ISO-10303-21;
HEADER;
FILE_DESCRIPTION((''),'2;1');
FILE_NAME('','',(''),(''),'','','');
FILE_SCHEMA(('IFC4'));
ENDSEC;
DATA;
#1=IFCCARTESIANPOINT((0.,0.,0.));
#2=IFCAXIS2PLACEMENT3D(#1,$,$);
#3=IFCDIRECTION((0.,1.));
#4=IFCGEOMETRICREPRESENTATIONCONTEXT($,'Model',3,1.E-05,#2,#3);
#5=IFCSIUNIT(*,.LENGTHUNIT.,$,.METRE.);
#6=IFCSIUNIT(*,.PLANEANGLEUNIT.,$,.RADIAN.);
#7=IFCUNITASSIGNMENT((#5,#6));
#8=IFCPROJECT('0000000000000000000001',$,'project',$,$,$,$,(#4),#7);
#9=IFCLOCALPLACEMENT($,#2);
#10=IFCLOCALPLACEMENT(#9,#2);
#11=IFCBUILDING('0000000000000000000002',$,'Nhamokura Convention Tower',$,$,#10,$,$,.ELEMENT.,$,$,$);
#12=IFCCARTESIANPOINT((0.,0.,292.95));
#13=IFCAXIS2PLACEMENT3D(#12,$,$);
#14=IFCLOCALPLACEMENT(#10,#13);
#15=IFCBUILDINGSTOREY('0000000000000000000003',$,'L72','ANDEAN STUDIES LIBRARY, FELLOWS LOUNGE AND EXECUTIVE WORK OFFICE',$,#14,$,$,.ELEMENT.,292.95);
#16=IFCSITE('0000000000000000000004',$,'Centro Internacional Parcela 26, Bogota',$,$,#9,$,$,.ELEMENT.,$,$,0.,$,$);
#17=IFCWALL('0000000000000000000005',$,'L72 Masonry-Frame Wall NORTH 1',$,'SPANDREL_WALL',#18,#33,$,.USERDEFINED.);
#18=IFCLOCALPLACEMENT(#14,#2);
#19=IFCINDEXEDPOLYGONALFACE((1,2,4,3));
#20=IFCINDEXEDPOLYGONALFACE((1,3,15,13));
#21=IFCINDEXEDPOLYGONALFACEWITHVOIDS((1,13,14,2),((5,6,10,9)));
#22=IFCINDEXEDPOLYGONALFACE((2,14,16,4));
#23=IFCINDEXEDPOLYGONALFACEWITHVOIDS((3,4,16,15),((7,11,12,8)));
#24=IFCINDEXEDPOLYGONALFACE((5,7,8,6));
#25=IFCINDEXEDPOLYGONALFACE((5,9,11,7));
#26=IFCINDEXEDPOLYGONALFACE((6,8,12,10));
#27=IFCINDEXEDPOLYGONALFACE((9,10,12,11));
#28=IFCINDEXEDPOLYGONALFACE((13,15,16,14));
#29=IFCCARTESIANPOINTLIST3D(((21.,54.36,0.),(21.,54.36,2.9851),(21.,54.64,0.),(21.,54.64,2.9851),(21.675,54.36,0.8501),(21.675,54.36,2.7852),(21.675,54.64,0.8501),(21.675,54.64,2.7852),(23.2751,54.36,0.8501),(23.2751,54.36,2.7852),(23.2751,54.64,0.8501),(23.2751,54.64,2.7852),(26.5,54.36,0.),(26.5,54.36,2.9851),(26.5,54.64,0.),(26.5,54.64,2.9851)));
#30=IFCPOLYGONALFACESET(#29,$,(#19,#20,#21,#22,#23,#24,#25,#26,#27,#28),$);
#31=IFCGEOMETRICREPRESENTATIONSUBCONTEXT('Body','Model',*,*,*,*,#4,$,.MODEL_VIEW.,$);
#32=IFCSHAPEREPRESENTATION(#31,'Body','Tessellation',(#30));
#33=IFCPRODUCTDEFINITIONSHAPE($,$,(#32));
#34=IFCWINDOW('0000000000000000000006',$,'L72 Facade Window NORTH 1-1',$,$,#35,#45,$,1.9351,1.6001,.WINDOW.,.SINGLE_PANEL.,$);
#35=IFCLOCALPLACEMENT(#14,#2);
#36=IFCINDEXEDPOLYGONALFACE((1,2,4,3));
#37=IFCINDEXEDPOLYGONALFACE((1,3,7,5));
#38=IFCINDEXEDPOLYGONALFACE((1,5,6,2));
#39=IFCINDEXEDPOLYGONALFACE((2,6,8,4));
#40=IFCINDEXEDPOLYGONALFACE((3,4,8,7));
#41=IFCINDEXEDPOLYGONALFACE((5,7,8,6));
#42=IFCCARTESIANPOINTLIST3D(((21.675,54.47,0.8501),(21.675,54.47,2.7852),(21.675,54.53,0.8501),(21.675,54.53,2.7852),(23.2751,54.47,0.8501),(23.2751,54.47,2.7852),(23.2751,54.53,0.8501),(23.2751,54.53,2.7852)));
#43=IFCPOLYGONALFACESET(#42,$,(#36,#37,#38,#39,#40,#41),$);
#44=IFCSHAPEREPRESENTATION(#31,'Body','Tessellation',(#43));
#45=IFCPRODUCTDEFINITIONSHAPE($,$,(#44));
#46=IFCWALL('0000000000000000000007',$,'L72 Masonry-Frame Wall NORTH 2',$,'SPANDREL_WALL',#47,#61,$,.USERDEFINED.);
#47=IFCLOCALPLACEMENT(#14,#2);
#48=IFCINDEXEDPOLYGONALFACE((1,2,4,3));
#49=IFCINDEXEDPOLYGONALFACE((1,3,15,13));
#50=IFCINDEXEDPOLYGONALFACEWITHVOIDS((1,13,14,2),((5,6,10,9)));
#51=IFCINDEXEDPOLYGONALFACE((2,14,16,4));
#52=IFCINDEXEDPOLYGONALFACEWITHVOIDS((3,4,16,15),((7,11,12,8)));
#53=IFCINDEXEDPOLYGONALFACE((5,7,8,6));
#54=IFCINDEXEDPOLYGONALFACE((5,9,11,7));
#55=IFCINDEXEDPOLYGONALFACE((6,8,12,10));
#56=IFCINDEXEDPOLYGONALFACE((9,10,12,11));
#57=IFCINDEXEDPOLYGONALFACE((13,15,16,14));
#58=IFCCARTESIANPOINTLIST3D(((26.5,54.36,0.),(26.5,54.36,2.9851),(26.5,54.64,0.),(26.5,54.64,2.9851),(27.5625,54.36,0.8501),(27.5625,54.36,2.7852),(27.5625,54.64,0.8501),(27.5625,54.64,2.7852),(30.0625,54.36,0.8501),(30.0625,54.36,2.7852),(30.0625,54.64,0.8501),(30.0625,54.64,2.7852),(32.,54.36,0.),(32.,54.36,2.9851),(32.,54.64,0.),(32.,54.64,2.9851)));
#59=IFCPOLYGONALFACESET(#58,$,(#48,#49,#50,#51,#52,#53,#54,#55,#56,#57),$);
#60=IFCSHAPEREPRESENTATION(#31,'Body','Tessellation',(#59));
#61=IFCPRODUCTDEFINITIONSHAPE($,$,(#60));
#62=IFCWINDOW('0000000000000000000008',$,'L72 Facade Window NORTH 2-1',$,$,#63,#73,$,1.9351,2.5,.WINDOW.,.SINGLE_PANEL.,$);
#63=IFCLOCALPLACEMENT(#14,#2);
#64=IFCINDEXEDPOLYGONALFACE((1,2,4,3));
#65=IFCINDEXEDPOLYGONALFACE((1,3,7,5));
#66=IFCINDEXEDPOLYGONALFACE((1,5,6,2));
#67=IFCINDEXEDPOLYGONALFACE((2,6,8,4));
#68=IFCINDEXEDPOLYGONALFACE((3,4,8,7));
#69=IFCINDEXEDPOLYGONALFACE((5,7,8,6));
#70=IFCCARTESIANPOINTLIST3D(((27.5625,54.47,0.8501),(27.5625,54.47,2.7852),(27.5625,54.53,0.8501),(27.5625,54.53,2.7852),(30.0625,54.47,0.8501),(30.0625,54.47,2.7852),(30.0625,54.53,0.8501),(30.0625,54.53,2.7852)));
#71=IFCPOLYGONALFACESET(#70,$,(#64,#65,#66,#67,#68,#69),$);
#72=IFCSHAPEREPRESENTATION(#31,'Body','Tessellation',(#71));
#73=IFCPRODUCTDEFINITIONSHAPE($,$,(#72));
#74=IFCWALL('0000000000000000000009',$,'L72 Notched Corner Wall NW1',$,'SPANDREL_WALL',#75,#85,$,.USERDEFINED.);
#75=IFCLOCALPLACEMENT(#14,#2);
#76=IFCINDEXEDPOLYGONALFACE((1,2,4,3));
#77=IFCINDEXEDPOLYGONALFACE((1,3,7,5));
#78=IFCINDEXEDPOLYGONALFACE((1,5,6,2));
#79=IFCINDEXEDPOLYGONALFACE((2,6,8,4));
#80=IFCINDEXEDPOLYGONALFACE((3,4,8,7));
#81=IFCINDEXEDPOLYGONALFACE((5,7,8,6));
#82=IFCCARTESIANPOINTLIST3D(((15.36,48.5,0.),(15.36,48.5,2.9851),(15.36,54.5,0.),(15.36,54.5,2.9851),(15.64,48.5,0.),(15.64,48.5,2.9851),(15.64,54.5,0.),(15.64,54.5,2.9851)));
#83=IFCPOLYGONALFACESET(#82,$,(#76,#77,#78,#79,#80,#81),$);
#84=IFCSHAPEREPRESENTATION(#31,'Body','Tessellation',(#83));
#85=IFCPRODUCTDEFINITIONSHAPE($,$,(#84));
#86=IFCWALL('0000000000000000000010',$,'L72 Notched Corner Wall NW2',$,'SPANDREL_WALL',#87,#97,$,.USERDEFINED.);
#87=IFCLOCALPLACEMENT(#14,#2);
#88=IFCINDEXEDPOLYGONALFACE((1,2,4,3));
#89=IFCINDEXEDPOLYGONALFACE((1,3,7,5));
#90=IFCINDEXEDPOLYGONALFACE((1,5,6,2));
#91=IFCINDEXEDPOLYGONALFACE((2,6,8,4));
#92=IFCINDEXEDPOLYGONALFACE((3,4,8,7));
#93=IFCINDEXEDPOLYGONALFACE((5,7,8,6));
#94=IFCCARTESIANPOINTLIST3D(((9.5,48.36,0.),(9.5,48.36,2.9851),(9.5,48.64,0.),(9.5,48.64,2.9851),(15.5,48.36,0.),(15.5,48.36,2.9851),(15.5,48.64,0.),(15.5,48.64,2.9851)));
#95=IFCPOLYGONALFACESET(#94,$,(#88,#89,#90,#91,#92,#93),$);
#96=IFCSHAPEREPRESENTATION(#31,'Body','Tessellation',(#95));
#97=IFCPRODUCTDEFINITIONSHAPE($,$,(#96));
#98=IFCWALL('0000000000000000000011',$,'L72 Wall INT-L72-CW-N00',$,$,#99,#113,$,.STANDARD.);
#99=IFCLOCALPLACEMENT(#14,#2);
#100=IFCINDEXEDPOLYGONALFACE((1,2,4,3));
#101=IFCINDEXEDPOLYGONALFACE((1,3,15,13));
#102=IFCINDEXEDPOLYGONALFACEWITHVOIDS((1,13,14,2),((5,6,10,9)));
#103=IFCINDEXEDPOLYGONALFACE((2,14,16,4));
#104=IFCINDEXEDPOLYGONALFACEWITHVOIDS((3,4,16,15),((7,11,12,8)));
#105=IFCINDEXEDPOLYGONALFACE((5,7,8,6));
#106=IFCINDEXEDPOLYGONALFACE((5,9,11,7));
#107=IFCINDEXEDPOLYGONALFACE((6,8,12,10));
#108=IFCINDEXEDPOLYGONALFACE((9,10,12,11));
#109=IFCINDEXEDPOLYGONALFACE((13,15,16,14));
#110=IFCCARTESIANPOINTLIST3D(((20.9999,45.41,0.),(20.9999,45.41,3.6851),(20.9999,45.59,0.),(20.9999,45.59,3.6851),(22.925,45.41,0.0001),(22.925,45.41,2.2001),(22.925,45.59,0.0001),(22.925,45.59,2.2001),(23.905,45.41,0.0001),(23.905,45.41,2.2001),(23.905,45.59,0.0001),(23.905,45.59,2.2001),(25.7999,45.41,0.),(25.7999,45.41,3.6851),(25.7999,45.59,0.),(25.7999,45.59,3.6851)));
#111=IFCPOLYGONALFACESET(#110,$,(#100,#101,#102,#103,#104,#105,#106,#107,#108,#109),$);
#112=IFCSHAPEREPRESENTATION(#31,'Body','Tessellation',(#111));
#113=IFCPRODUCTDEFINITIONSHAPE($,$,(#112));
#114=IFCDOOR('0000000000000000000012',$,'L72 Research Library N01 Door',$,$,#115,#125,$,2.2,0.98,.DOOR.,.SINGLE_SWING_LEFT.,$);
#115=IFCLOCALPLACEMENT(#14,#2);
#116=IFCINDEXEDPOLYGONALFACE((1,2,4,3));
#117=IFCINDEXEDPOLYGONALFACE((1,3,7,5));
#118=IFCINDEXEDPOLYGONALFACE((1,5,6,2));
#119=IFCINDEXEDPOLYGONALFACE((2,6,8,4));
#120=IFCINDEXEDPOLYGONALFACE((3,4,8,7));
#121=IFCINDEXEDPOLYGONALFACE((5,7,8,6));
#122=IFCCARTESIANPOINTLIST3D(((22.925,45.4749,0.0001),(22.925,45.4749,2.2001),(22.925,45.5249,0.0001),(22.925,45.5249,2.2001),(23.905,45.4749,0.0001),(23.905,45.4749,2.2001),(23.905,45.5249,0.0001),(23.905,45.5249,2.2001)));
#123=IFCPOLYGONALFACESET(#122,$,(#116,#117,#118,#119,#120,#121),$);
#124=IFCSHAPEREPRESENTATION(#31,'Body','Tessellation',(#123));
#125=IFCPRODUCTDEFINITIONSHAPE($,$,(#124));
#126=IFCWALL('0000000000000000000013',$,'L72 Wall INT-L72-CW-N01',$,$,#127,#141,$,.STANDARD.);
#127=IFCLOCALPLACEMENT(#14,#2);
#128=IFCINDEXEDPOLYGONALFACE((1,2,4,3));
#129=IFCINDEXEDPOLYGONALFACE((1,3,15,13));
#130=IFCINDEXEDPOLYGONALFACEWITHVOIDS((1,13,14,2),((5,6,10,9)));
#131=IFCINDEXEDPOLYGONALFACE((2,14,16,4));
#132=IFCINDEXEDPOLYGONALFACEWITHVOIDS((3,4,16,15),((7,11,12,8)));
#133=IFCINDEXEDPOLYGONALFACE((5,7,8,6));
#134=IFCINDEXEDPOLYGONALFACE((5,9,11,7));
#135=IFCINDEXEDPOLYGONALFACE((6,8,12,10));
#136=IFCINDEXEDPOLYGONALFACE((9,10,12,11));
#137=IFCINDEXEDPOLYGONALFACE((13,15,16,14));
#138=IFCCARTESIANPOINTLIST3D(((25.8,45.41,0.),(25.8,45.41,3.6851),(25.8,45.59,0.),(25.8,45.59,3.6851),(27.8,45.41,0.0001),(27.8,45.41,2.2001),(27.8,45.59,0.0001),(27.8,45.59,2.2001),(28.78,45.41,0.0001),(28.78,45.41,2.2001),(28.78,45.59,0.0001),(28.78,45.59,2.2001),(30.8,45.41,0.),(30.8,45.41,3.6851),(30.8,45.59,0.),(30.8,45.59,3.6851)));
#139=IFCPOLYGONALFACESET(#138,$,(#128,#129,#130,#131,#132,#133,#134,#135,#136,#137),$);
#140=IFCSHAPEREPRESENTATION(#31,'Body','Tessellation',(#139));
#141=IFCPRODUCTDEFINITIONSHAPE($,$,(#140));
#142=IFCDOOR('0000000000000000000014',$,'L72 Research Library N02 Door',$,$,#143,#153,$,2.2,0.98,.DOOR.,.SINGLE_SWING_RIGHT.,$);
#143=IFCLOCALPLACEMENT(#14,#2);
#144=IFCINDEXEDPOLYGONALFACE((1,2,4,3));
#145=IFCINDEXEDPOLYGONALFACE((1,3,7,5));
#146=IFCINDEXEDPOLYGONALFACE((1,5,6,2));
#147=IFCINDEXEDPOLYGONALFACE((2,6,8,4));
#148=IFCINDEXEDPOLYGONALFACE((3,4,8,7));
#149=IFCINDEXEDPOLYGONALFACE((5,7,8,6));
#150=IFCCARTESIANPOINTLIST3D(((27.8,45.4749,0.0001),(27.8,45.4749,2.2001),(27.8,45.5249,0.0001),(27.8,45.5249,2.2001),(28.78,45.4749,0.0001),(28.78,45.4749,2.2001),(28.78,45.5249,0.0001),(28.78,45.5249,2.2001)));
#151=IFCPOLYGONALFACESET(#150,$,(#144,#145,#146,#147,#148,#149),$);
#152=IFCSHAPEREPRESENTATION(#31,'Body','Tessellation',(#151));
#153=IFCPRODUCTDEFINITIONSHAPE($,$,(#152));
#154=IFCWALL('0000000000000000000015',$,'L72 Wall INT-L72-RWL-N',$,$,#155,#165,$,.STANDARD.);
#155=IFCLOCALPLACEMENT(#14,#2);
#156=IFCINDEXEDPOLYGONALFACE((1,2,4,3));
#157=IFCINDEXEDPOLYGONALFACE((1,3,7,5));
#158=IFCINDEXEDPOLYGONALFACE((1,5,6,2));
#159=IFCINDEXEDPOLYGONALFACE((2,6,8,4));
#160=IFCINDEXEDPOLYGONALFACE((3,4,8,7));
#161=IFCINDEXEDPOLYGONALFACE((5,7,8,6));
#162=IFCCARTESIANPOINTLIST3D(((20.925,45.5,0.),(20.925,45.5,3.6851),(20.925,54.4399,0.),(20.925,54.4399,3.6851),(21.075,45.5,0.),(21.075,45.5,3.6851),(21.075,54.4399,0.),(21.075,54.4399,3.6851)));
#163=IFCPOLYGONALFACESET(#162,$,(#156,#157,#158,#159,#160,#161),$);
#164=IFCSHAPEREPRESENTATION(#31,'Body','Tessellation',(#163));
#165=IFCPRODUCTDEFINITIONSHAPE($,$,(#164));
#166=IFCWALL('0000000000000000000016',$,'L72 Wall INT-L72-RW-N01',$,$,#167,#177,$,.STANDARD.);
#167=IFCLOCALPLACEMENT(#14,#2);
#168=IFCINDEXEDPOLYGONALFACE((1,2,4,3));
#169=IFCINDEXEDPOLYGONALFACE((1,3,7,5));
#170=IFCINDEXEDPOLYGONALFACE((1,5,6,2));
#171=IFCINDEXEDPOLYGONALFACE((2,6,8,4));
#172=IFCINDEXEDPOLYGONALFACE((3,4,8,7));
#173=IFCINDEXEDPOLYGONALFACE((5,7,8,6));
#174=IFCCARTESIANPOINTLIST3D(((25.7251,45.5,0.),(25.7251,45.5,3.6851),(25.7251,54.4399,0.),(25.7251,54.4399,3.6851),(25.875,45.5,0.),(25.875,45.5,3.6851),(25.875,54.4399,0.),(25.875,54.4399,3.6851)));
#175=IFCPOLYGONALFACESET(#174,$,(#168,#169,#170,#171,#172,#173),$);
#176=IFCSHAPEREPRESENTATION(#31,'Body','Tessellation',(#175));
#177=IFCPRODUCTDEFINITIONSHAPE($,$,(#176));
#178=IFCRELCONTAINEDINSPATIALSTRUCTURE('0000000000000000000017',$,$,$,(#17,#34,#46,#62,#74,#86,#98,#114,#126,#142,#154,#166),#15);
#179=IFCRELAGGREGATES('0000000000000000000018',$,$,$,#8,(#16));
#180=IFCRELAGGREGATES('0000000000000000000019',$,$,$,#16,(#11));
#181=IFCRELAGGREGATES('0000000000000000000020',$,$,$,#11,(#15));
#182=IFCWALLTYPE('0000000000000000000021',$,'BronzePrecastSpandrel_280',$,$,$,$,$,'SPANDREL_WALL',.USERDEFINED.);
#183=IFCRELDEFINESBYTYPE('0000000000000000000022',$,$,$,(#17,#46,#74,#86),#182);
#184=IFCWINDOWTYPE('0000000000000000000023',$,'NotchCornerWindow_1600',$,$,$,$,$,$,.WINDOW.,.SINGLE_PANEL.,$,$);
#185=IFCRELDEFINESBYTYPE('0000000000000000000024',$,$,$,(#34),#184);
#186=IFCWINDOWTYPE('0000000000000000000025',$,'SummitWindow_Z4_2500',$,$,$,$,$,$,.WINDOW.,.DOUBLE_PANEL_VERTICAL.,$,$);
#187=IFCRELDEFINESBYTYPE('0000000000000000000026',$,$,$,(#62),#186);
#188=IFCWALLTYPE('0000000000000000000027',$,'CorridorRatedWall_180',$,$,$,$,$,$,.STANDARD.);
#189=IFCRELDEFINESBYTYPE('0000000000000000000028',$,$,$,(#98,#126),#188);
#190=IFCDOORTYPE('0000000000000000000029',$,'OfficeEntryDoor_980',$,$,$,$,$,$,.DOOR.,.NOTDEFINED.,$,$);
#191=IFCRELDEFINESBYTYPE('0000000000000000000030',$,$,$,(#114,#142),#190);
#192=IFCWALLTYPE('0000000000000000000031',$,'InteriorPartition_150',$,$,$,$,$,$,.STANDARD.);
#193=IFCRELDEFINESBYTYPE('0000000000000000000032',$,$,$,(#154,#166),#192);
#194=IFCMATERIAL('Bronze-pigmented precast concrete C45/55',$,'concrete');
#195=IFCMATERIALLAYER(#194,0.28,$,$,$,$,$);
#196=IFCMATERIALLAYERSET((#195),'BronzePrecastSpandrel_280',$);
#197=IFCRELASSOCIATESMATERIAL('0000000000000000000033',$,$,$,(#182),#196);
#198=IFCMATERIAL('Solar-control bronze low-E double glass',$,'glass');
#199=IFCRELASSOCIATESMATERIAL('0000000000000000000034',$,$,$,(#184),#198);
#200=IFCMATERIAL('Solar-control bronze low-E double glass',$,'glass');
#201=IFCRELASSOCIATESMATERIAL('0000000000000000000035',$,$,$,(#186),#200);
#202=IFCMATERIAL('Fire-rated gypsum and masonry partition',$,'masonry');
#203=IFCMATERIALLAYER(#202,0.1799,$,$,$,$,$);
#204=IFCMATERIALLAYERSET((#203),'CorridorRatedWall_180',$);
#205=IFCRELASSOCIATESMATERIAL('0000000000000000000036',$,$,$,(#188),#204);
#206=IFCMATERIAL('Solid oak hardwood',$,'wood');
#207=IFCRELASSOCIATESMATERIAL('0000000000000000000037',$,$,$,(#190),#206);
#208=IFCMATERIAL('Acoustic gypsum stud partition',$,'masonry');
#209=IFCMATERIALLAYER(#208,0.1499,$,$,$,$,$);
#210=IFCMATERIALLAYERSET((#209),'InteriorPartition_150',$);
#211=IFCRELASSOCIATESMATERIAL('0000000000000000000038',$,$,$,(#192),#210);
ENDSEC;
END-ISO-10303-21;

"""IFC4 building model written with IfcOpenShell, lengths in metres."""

from ifc_helpers import new_model, si_unit, direction, frame, frame_2d, origin, place, context, subcontext, project, spatial, rectangle, extrude, material, layer, layer_set, type_object, element, fill, save


model = new_model("IFC4")

# Units and contexts
model_context = context("Model", 3, precision=1e-05, world=origin(), true_north=direction((0.0, 1.0)))
body_context = subcontext(model_context, "Body", "Model", "MODEL_VIEW")
ifc_project = project(units=[si_unit("LENGTHUNIT", "METRE"), si_unit("PLANEANGLEUNIT", "RADIAN")], contexts=[model_context])

# Site, building, storey
site_placement = place(None, origin())
site = spatial("IfcSite", under=ifc_project, at=site_placement, Name="Centro Internacional Parcela 26, Bogota", CompositionType="ELEMENT", RefElevation=0.0)
building_placement = place(site_placement, origin())
building = spatial("IfcBuilding", under=site, at=building_placement, Name="Nhamokura Convention Tower", CompositionType="ELEMENT")
storey_placement = place(building_placement, frame((0.0, 0.0, 292.95)))
storey = spatial("IfcBuildingStorey", under=building, at=storey_placement, Name="L72", Description="ANDEAN STUDIES LIBRARY, FELLOWS LOUNGE AND EXECUTIVE WORK OFFICE", CompositionType="ELEMENT", Elevation=292.95)

# Shared definitions
ifc_material_1 = material(Name="Bronze-pigmented precast concrete C45/55", Category="concrete")
ifc_layer_1 = layer(ifc_material_1, 0.28)
ifc_layer_set_1 = layer_set([ifc_layer_1], Name="BronzePrecastSpandrel_280")
wall_type_1 = type_object("IfcWallType", Name="BronzePrecastSpandrel_280", ElementType="SPANDREL_WALL", PredefinedType="USERDEFINED", material=ifc_layer_set_1)

# Walls, openings, windows
wall_1_placement = place(storey_placement, frame((21.0, 54.5, 0.0), z_axis=(0.0, 0.0, 1.0), x_axis=(1.0, 0.0, 0.0)))
wall_1 = element("IfcWall", 1, at=wall_1_placement, inside=storey, type_object=wall_type_1, Name="L72 Masonry-Frame Wall NORTH 1", ObjectType="SPANDREL_WALL", PredefinedType="USERDEFINED", context=body_context, shape_type="SweptSolid", body=[
    extrude(rectangle(XDim=5.5, YDim=0.28, at=frame_2d((2.75, 0.0))), origin(), (0.0, 0.0, 1.0), 2.9851),
])
opening_1_placement = place(wall_1_placement, frame((0.675, 0.0, 0.8501)))
opening_1 = element("IfcOpeningElement", 2, at=opening_1_placement, cuts=wall_1, PredefinedType="OPENING", context=body_context, shape_type="SweptSolid", body=[
    extrude(rectangle(XDim=1.6001, YDim=1.9351, at=frame_2d((0.8, 0.9675))), frame((0.0, 0.1499, 0.0), z_axis=(0.0, -1.0, 0.0), x_axis=(1.0, 0.0, 0.0)), (0.0, 0.0, 1.0), 0.3),
])
ifc_material_2 = material(Name="Solar-control bronze low-E double glass", Category="glass")
window_type_1 = type_object("IfcWindowType", Name="NotchCornerWindow_1600", PartitioningType="SINGLE_PANEL", PredefinedType="WINDOW", material=ifc_material_2)
window_1_placement = place(opening_1_placement, origin())
window_1 = element("IfcWindow", 3, at=window_1_placement, inside=storey, type_object=window_type_1, Name="L72 Facade Window NORTH 1-1", OverallHeight=1.9351, OverallWidth=1.6001, PartitioningType="SINGLE_PANEL", PredefinedType="WINDOW", context=body_context, shape_type="SweptSolid", body=[
    extrude(rectangle(XDim=1.6001, YDim=1.9351, at=frame_2d((0.8, 0.9675))), frame((0.0, 0.03, 0.0), z_axis=(0.0, -1.0, 0.0), x_axis=(1.0, 0.0, 0.0)), (0.0, 0.0, 1.0), 0.0601),
])
fill(opening_1, window_1)
wall_2_placement = place(storey_placement, frame((26.5, 54.5, 0.0), z_axis=(0.0, 0.0, 1.0), x_axis=(1.0, 0.0, 0.0)))
wall_2 = element("IfcWall", 4, at=wall_2_placement, inside=storey, type_object=wall_type_1, Name="L72 Masonry-Frame Wall NORTH 2", ObjectType="SPANDREL_WALL", PredefinedType="USERDEFINED", context=body_context, shape_type="SweptSolid", body=[
    extrude(rectangle(XDim=5.5, YDim=0.28, at=frame_2d((2.75, 0.0))), origin(), (0.0, 0.0, 1.0), 2.9851),
])
opening_2_placement = place(wall_2_placement, frame((1.0625, 0.0, 0.8501)))
opening_2 = element("IfcOpeningElement", 5, at=opening_2_placement, cuts=wall_2, PredefinedType="OPENING", context=body_context, shape_type="SweptSolid", body=[
    extrude(rectangle(XDim=2.5, YDim=1.9351, at=frame_2d((1.25, 0.9675))), frame((0.0, 0.1499, 0.0), z_axis=(0.0, -1.0, 0.0), x_axis=(1.0, 0.0, 0.0)), (0.0, 0.0, 1.0), 0.3),
])
ifc_material_3 = material(Name="Solar-control bronze low-E double glass", Category="glass")
window_type_2 = type_object("IfcWindowType", Name="SummitWindow_Z4_2500", PartitioningType="DOUBLE_PANEL_VERTICAL", PredefinedType="WINDOW", material=ifc_material_3)
window_2_placement = place(opening_2_placement, origin())
window_2 = element("IfcWindow", 6, at=window_2_placement, inside=storey, type_object=window_type_2, Name="L72 Facade Window NORTH 2-1", OverallHeight=1.9351, OverallWidth=2.5, PartitioningType="SINGLE_PANEL", PredefinedType="WINDOW", context=body_context, shape_type="SweptSolid", body=[
    extrude(rectangle(XDim=2.5, YDim=1.9351, at=frame_2d((1.25, 0.9675))), frame((0.0, 0.03, 0.0), z_axis=(0.0, -1.0, 0.0), x_axis=(1.0, 0.0, 0.0)), (0.0, 0.0, 1.0), 0.0601),
])
fill(opening_2, window_2)

# Walls
for number, where, z_axis, x_axis, name in (
    (7, (15.5, 48.5, 0.0), (0.0, 0.0, 1.0), (0.0, 1.0, 0.0), "L72 Notched Corner Wall NW1"),
    (8, (9.5, 48.5, 0.0), (0.0, 0.0, 1.0), (1.0, 0.0, 0.0), "L72 Notched Corner Wall NW2"),
):
    element("IfcWall", number, at=place(storey_placement, frame(where, z_axis=z_axis, x_axis=x_axis)), inside=storey, type_object=wall_type_1, Name=name, ObjectType="SPANDREL_WALL", PredefinedType="USERDEFINED", context=body_context, shape_type="SweptSolid", body=[
        extrude(rectangle(XDim=6.0, YDim=0.28, at=frame_2d((3.0, 0.0))), origin(), (0.0, 0.0, 1.0), 2.9851),
    ])

# Walls, openings, doors
ifc_material_4 = material(Name="Fire-rated gypsum and masonry partition", Category="masonry")
ifc_layer_2 = layer(ifc_material_4, 0.1799)
ifc_layer_set_2 = layer_set([ifc_layer_2], Name="CorridorRatedWall_180")
wall_type_2 = type_object("IfcWallType", Name="CorridorRatedWall_180", PredefinedType="STANDARD", material=ifc_layer_set_2)
wall_3_placement = place(storey_placement, frame((21.0, 45.5, 0.0), z_axis=(0.0, 0.0, 1.0), x_axis=(1.0, 0.0, 0.0)))
wall_3 = element("IfcWall", 9, at=wall_3_placement, inside=storey, type_object=wall_type_2, Name="L72 Wall INT-L72-CW-N00", PredefinedType="STANDARD", context=body_context, shape_type="SweptSolid", body=[
    extrude(rectangle(XDim=4.8, YDim=0.1799, at=frame_2d((2.3999, 0.0))), origin(), (0.0, 0.0, 1.0), 3.6851),
])
opening_3_placement = place(wall_3_placement, frame((1.925, 0.0, 0.0)))
opening_3 = element("IfcOpeningElement", 10, at=opening_3_placement, cuts=wall_3, PredefinedType="OPENING", context=body_context, shape_type="SweptSolid", body=[
    extrude(rectangle(XDim=0.98, YDim=2.2, at=frame_2d((0.49, 1.1001))), frame((0.0, 0.0999, 0.0), z_axis=(0.0, -1.0, 0.0), x_axis=(1.0, 0.0, 0.0)), (0.0, 0.0, 1.0), 0.2),
])
ifc_material_5 = material(Name="Solid oak hardwood", Category="wood")
door_type = type_object("IfcDoorType", Name="OfficeEntryDoor_980", OperationType="NOTDEFINED", PredefinedType="DOOR", material=ifc_material_5)
door_1_placement = place(opening_3_placement, origin())
door_1 = element("IfcDoor", 11, at=door_1_placement, inside=storey, type_object=door_type, Name="L72 Research Library N01 Door", OperationType="SINGLE_SWING_LEFT", OverallHeight=2.2, OverallWidth=0.98, PredefinedType="DOOR", context=body_context, shape_type="SweptSolid", body=[
    extrude(rectangle(XDim=0.98, YDim=2.2, at=frame_2d((0.49, 1.1001))), frame((0.0, 0.0249, 0.0), z_axis=(0.0, -1.0, 0.0), x_axis=(1.0, 0.0, 0.0)), (0.0, 0.0, 1.0), 0.05),
])
fill(opening_3, door_1)
wall_4_placement = place(storey_placement, frame((25.8, 45.5, 0.0), z_axis=(0.0, 0.0, 1.0), x_axis=(1.0, 0.0, 0.0)))
wall_4 = element("IfcWall", 12, at=wall_4_placement, inside=storey, type_object=wall_type_2, Name="L72 Wall INT-L72-CW-N01", PredefinedType="STANDARD", context=body_context, shape_type="SweptSolid", body=[
    extrude(rectangle(XDim=5.0, YDim=0.1799, at=frame_2d((2.5, 0.0))), origin(), (0.0, 0.0, 1.0), 3.6851),
])
opening_4_placement = place(wall_4_placement, frame((2.0, 0.0, 0.0)))
opening_4 = element("IfcOpeningElement", 13, at=opening_4_placement, cuts=wall_4, PredefinedType="OPENING", context=body_context, shape_type="SweptSolid", body=[
    extrude(rectangle(XDim=0.98, YDim=2.2, at=frame_2d((0.49, 1.1001))), frame((0.0, 0.0999, 0.0), z_axis=(0.0, -1.0, 0.0), x_axis=(1.0, 0.0, 0.0)), (0.0, 0.0, 1.0), 0.2),
])
door_2_placement = place(opening_4_placement, origin())
door_2 = element("IfcDoor", 14, at=door_2_placement, inside=storey, type_object=door_type, Name="L72 Research Library N02 Door", OperationType="SINGLE_SWING_RIGHT", OverallHeight=2.2, OverallWidth=0.98, PredefinedType="DOOR", context=body_context, shape_type="SweptSolid", body=[
    extrude(rectangle(XDim=0.98, YDim=2.2, at=frame_2d((0.49, 1.1001))), frame((0.0, 0.0249, 0.0), z_axis=(0.0, -1.0, 0.0), x_axis=(1.0, 0.0, 0.0)), (0.0, 0.0, 1.0), 0.05),
])
fill(opening_4, door_2)

# Walls
ifc_material_6 = material(Name="Acoustic gypsum stud partition", Category="masonry")
ifc_layer_3 = layer(ifc_material_6, 0.1499)
ifc_layer_set_3 = layer_set([ifc_layer_3], Name="InteriorPartition_150")
wall_type_3 = type_object("IfcWallType", Name="InteriorPartition_150", PredefinedType="STANDARD", material=ifc_layer_set_3)
for number, where, z_axis, x_axis, name in (
    (15, (21.0, 45.5, 0.0), (0.0, 0.0, 1.0), (0.0, 1.0, 0.0), "L72 Wall INT-L72-RWL-N"),
    (16, (25.8, 45.5, 0.0), (0.0, 0.0, 1.0), (0.0, 1.0, 0.0), "L72 Wall INT-L72-RW-N01"),
):
    element("IfcWall", number, at=place(storey_placement, frame(where, z_axis=z_axis, x_axis=x_axis)), inside=storey, type_object=wall_type_3, Name=name, PredefinedType="STANDARD", context=body_context, shape_type="SweptSolid", body=[
        extrude(rectangle(XDim=8.9399, YDim=0.1499, at=frame_2d((4.47, 0.0))), origin(), (0.0, 0.0, 1.0), 3.6851),
    ])

save(model, "model.ifc")
